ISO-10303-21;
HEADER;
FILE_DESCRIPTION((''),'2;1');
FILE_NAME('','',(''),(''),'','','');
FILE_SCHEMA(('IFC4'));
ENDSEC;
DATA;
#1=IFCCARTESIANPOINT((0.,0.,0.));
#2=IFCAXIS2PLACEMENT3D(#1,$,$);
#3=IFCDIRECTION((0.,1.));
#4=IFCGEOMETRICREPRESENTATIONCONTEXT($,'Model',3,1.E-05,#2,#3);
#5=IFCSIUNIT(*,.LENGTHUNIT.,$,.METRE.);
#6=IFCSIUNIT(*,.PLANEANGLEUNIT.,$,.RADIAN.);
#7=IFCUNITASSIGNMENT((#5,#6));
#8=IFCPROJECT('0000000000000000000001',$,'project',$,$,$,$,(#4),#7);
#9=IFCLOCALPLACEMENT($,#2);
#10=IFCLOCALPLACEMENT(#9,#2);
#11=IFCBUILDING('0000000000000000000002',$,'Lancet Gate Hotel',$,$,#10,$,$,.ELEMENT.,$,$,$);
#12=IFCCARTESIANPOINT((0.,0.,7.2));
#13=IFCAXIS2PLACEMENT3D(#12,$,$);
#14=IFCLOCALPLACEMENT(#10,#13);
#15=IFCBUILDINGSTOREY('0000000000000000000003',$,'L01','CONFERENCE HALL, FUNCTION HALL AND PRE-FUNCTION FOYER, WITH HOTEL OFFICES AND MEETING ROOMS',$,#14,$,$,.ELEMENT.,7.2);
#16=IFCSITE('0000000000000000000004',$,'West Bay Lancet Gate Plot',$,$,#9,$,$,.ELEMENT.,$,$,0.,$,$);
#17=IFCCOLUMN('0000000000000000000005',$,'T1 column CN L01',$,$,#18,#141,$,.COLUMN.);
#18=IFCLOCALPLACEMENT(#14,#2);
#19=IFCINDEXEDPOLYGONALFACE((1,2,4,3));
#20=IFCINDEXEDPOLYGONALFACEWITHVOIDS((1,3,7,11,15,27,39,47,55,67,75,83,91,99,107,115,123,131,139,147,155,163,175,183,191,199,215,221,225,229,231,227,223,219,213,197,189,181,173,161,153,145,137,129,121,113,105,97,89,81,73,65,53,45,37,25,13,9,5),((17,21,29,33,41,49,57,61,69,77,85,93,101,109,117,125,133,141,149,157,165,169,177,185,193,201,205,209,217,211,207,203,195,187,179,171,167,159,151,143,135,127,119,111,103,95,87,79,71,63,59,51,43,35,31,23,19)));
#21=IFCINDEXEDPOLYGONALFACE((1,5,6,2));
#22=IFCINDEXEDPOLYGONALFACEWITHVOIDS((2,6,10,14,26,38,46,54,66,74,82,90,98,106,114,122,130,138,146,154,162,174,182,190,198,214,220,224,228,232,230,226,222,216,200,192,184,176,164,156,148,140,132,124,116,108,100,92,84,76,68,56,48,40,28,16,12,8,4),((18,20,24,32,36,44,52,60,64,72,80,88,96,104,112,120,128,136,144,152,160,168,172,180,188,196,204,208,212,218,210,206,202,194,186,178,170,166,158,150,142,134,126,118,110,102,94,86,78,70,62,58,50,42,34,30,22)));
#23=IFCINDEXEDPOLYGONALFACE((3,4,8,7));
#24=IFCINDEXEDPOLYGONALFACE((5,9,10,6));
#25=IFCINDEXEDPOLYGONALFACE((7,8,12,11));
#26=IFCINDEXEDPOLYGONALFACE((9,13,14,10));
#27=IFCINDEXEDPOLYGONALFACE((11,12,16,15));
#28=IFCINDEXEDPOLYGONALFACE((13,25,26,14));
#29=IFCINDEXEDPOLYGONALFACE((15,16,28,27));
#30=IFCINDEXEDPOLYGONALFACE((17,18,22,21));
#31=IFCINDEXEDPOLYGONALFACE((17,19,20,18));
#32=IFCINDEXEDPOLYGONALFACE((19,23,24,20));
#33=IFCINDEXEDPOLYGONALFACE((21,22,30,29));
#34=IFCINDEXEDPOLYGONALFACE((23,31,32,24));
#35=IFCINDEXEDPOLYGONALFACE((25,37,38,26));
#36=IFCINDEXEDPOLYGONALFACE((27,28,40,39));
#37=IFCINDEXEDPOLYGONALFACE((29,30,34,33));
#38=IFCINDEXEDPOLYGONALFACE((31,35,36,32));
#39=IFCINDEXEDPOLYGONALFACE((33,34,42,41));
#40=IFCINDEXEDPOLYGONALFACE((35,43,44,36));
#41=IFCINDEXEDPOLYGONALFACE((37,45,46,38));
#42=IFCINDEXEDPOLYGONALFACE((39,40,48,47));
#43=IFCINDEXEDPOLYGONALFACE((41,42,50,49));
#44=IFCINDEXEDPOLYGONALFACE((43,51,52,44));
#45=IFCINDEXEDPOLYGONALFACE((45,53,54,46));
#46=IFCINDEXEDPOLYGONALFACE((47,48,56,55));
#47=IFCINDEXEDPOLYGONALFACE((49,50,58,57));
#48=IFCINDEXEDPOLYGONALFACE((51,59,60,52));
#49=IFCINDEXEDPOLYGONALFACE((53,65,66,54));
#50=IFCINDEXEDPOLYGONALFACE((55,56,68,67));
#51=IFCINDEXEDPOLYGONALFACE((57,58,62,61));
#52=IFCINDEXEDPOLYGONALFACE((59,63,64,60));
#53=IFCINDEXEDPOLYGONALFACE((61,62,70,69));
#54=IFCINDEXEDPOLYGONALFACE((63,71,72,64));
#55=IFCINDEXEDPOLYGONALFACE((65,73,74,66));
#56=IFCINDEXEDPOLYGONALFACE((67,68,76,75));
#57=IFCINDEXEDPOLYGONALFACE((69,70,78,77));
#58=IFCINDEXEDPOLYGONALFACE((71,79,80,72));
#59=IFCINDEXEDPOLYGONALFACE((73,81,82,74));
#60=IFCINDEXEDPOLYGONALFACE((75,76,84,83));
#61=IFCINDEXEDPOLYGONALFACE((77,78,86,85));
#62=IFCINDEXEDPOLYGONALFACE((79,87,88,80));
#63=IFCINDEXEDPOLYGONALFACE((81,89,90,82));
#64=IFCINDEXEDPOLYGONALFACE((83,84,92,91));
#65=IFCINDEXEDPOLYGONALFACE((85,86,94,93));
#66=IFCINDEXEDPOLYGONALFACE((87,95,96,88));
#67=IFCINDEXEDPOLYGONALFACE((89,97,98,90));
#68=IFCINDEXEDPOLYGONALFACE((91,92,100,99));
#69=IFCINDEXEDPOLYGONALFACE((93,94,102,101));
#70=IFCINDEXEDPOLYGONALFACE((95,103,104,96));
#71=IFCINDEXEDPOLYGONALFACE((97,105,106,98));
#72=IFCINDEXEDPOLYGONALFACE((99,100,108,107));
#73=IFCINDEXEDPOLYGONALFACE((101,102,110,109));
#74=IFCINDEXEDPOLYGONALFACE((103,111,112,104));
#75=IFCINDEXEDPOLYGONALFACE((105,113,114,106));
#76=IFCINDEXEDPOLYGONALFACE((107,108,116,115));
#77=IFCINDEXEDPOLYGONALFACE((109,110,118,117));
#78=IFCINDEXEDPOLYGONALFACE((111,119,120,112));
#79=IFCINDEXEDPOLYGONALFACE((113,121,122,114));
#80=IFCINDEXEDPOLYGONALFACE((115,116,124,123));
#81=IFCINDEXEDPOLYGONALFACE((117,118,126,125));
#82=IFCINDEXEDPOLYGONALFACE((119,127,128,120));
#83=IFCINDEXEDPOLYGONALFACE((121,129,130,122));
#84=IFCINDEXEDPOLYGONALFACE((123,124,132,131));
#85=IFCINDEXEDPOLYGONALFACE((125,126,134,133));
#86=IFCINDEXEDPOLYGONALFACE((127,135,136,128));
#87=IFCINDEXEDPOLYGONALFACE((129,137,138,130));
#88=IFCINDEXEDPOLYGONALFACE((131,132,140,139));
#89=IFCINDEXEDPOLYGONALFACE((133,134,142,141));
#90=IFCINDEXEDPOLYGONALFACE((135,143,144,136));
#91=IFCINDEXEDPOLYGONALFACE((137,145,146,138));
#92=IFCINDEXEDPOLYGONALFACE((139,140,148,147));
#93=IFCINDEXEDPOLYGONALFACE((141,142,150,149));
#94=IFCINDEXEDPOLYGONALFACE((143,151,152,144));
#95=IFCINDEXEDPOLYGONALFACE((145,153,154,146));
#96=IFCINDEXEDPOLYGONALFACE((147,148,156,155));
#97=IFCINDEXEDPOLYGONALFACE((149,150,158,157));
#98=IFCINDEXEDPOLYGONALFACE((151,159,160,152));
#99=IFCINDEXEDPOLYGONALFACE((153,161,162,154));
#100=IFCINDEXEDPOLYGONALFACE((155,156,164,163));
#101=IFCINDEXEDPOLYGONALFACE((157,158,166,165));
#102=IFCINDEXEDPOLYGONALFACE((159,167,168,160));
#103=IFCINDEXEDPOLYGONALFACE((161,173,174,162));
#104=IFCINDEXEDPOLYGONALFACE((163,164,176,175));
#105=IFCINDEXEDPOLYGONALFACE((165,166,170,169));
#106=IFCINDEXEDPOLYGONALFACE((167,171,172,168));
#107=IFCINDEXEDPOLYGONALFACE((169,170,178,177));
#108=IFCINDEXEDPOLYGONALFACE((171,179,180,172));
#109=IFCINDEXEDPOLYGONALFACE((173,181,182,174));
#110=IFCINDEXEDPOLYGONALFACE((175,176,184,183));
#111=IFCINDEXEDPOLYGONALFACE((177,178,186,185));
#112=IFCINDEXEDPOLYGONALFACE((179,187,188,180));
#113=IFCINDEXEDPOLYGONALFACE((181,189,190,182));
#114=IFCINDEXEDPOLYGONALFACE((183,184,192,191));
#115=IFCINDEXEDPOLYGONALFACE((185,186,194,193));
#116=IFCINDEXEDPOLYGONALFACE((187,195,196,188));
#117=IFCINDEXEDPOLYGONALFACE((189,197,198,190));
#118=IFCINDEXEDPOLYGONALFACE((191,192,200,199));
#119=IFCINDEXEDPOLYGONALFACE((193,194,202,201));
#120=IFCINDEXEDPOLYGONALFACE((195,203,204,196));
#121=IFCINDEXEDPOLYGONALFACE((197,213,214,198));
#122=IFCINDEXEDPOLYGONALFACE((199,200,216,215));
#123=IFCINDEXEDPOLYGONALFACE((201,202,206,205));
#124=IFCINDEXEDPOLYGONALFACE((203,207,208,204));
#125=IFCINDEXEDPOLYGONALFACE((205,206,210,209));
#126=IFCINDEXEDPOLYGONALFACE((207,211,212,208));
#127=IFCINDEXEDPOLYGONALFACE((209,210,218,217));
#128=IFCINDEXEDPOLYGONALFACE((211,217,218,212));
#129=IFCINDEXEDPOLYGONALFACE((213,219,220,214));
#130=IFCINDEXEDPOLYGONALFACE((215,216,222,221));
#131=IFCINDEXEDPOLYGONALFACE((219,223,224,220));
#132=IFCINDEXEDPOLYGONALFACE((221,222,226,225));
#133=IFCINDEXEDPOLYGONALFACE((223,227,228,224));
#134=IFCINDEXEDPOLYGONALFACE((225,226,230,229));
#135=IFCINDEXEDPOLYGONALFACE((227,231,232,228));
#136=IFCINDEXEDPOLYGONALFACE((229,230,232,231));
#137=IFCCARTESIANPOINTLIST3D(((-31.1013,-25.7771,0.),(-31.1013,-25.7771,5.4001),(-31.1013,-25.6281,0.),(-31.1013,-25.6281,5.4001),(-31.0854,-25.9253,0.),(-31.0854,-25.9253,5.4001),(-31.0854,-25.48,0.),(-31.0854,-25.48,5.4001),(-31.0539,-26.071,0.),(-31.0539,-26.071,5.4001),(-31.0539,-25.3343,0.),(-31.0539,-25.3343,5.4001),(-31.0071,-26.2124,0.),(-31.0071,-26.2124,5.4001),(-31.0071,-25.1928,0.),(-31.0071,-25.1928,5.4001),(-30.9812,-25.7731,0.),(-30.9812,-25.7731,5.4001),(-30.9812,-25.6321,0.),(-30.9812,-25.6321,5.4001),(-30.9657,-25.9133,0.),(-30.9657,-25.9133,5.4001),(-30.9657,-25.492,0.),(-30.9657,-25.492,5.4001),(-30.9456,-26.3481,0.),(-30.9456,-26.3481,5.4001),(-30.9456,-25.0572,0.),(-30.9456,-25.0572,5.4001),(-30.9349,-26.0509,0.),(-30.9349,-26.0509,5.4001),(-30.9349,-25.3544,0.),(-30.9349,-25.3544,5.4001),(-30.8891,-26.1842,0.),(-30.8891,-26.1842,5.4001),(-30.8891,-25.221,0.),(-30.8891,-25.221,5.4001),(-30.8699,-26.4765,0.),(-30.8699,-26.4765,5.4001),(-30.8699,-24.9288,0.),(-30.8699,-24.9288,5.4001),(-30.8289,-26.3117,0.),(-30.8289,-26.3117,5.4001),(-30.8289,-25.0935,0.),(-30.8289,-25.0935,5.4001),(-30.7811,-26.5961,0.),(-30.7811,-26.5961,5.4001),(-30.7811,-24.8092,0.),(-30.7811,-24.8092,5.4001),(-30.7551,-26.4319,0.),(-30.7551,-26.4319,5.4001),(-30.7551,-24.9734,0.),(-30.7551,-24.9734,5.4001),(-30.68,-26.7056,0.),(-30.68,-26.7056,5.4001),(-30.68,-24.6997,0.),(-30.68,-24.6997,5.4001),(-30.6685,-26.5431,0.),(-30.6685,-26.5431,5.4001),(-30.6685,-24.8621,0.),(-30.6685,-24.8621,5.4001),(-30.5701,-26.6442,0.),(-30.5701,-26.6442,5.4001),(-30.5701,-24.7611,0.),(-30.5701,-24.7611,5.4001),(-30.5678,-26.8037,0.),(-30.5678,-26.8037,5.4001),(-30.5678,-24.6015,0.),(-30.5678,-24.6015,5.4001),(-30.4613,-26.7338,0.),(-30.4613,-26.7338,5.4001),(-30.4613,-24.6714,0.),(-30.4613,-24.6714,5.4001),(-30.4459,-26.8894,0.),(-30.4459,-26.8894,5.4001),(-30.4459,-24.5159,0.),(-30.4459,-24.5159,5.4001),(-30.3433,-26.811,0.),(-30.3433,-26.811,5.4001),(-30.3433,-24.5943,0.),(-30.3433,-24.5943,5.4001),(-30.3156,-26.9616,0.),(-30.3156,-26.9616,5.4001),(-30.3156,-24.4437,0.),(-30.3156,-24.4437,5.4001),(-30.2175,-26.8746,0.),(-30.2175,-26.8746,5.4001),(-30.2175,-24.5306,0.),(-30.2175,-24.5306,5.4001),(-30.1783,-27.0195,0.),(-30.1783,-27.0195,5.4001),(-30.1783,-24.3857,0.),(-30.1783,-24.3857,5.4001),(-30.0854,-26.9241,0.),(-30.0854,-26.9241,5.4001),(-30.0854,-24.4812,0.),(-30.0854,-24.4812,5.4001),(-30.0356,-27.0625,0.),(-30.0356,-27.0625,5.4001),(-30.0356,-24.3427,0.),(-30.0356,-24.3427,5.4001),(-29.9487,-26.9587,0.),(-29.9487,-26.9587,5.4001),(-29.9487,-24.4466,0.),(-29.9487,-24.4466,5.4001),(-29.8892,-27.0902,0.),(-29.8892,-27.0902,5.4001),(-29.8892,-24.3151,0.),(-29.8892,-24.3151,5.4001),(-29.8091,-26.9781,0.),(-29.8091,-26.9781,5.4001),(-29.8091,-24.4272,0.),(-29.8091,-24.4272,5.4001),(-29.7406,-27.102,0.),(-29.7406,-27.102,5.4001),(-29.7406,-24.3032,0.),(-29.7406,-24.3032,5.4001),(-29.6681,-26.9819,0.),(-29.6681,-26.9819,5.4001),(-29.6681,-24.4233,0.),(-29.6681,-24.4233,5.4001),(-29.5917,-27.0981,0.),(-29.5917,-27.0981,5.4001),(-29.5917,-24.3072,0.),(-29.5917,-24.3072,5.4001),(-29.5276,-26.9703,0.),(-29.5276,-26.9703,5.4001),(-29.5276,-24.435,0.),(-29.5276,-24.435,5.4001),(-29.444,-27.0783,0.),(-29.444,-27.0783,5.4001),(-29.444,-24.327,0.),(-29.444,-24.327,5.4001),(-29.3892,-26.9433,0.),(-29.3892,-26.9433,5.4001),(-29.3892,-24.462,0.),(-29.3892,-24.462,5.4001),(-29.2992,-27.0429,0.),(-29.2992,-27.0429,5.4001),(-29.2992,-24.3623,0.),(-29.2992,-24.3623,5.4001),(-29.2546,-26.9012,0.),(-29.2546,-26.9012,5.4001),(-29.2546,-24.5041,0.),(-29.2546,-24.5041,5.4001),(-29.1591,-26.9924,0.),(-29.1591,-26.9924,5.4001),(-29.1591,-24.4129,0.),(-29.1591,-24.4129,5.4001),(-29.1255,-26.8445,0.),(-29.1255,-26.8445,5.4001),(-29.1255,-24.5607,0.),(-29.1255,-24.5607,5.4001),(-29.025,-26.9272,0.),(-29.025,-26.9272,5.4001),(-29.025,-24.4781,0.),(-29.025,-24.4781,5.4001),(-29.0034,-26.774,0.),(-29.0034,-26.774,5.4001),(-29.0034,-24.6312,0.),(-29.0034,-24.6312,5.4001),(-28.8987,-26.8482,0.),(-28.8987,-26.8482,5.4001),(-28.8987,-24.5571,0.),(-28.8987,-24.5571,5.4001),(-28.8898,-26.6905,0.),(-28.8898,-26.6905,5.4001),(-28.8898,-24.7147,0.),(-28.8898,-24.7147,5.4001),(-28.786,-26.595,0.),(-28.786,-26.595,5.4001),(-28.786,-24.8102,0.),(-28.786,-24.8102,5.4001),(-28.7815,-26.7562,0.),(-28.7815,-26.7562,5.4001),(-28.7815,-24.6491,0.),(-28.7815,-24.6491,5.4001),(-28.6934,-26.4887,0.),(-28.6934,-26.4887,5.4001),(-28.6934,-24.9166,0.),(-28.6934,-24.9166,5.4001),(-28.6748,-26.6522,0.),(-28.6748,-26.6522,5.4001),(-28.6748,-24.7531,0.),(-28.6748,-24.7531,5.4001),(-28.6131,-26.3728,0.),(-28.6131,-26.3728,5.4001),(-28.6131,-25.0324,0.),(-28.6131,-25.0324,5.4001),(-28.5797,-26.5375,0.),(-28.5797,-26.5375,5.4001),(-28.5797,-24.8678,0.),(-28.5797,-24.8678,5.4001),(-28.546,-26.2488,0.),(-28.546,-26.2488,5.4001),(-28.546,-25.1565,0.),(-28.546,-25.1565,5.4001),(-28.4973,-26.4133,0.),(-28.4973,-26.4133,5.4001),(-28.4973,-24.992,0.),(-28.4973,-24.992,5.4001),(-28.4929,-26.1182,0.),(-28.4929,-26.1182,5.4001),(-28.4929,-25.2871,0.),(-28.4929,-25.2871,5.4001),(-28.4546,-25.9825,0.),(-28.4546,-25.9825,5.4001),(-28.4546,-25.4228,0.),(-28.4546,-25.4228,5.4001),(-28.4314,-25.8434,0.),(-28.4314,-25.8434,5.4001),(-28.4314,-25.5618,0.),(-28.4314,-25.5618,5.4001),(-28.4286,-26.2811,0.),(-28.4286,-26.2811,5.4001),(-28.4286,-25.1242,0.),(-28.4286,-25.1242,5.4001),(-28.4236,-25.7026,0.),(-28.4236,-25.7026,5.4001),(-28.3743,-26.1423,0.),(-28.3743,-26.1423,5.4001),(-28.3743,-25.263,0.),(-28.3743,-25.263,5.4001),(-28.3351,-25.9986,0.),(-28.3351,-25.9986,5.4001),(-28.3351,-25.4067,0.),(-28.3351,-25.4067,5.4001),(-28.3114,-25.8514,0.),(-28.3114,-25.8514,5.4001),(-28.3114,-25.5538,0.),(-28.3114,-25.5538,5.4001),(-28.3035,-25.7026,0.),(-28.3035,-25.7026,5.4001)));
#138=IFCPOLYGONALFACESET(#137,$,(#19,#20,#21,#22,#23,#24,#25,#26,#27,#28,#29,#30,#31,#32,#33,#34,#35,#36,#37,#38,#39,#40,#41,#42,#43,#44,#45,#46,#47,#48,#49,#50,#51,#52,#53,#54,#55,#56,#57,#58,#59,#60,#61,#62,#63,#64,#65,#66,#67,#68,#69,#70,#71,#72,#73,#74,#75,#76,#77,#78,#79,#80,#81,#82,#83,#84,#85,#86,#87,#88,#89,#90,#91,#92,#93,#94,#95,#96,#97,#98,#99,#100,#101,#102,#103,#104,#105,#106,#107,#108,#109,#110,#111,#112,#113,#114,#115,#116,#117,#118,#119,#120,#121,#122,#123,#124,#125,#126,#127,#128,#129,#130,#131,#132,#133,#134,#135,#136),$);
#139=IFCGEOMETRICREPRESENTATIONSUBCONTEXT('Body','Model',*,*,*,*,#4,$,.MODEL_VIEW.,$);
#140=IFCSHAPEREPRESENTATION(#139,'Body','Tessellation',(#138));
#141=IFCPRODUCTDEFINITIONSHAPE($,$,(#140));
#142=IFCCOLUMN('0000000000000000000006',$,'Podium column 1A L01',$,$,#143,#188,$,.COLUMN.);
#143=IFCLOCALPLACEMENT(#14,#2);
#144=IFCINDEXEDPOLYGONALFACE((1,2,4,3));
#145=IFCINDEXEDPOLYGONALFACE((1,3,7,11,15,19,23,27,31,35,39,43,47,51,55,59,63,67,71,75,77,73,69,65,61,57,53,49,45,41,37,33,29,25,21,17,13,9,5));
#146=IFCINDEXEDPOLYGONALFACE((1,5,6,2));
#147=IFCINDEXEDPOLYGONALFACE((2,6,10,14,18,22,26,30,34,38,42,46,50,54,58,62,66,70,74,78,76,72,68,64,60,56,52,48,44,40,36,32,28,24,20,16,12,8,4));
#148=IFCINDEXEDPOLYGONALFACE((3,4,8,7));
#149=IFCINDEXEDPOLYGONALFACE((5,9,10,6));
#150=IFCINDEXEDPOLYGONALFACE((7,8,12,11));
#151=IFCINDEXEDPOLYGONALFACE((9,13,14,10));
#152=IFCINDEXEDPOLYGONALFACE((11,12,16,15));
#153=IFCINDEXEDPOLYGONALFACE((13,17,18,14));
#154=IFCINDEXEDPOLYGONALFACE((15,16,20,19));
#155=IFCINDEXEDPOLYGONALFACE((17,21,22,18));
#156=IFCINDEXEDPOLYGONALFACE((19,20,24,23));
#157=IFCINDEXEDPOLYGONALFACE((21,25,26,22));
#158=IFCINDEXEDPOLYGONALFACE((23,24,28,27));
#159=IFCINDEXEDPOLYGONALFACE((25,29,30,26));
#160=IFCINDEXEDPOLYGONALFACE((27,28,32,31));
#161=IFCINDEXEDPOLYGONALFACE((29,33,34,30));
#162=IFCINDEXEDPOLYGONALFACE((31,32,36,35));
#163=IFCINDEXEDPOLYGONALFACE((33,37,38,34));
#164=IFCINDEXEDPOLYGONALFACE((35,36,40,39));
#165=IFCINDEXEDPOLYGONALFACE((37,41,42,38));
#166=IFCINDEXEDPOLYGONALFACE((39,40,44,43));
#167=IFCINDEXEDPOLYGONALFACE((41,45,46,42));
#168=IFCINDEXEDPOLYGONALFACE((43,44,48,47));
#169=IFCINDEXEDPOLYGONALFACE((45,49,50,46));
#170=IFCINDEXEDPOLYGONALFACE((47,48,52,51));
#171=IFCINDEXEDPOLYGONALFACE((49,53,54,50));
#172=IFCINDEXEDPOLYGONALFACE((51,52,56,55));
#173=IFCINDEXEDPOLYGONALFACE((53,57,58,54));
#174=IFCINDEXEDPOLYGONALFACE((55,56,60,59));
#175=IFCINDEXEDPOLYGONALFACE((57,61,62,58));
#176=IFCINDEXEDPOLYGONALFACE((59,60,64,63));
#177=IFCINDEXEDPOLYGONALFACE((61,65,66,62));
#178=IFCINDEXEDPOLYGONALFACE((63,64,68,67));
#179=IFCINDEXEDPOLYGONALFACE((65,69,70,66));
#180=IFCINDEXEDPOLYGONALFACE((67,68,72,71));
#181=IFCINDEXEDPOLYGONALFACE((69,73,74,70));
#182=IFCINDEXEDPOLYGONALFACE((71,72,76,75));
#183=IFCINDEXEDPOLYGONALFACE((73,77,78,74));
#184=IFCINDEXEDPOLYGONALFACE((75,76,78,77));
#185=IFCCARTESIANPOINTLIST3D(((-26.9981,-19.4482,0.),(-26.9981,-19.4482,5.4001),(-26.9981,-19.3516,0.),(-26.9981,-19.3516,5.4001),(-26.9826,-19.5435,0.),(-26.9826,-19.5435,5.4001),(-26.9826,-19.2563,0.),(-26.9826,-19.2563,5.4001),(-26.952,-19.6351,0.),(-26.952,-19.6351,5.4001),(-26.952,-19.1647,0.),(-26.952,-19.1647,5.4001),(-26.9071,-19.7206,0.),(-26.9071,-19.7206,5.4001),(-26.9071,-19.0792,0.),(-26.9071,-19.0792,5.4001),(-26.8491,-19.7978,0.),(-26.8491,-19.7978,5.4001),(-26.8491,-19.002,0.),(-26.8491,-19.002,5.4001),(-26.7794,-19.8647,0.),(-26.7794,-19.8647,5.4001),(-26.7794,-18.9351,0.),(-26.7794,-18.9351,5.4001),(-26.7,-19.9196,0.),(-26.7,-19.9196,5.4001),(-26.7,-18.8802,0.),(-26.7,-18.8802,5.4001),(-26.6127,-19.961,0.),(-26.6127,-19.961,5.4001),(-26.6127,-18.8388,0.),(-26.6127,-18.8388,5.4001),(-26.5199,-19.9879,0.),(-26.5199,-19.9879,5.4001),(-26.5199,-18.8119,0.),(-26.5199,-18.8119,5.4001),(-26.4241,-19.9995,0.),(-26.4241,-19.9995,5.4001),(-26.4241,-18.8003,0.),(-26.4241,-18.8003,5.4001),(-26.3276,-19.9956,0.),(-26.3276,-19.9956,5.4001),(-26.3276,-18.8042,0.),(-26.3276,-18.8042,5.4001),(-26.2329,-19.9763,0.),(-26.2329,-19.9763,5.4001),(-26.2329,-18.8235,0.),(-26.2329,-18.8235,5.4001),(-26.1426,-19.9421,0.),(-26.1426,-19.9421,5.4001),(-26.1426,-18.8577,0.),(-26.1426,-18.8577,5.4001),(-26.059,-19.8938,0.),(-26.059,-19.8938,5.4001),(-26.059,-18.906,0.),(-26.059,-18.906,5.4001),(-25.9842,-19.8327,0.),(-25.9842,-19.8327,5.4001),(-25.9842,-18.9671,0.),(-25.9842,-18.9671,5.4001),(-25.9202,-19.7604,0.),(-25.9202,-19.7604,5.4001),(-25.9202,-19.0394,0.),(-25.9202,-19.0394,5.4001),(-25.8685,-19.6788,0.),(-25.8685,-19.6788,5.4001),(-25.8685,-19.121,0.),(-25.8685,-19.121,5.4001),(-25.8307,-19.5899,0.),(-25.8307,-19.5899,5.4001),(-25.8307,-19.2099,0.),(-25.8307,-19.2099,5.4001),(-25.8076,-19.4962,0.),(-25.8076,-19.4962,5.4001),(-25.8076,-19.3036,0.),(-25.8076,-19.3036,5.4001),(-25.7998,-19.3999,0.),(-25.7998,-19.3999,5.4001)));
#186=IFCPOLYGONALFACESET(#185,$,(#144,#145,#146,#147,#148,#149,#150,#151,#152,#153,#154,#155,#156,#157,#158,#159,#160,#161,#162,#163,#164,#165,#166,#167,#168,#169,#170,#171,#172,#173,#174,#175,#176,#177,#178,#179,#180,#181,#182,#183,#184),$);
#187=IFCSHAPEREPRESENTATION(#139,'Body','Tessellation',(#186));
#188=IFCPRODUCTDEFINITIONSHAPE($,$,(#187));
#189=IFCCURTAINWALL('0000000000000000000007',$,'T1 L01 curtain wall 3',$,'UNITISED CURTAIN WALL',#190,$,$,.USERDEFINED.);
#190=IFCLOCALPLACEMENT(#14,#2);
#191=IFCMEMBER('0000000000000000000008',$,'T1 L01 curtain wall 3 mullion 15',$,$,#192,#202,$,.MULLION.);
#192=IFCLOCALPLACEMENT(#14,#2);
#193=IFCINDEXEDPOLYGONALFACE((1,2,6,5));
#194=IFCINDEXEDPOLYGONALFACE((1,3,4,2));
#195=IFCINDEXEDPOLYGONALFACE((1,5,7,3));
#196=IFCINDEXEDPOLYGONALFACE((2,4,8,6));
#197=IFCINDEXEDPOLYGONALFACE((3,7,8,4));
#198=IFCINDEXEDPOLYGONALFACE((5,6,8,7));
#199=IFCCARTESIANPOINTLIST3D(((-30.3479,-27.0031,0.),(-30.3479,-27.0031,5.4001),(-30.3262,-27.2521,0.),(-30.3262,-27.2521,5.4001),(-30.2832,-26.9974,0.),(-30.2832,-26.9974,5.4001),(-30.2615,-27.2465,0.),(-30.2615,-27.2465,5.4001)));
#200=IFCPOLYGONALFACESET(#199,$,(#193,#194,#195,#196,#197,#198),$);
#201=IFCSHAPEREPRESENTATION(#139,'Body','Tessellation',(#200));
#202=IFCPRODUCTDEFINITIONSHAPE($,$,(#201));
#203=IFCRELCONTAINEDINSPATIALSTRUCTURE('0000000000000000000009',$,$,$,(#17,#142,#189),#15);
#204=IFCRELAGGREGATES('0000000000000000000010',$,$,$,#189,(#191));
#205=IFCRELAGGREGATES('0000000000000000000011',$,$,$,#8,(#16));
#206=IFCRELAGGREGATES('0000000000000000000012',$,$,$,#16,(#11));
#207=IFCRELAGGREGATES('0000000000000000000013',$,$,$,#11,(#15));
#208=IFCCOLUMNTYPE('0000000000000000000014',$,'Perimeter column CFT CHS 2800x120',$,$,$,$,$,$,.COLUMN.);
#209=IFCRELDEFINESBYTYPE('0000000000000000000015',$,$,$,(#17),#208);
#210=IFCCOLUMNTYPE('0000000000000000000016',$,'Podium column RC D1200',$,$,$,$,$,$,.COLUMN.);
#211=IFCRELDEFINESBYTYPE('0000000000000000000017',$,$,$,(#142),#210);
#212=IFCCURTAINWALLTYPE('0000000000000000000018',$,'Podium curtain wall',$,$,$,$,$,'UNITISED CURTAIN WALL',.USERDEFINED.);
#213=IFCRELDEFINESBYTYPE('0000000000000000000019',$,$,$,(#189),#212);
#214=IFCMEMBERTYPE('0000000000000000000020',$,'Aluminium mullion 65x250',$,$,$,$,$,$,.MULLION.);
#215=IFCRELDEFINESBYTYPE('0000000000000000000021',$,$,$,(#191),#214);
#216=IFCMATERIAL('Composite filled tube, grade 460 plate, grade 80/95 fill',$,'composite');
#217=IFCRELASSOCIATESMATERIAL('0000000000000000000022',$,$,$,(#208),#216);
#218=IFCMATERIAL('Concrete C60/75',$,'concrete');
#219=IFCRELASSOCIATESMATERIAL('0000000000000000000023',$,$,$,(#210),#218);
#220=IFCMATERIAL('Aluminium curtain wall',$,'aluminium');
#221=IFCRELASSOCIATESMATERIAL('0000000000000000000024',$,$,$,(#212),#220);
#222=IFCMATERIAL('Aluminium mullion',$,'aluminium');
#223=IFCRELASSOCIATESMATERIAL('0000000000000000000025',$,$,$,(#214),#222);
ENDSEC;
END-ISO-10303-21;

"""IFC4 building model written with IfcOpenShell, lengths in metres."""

from ifc_helpers import new_model, si_unit, direction, frame, origin, origin_2d, place, context, subcontext, project, spatial, rectangle, circle, hollow_circle, extrude, material, material_profile, profile_set, type_object, element, aggregate, save


model = new_model("IFC4")

# Units and contexts
model_context = context("Model", 3, precision=1e-05, world=origin(), true_north=direction((0.0, 1.0)))
body_context = subcontext(model_context, "Body", "Model", "MODEL_VIEW")
ifc_project = project(units=[si_unit("LENGTHUNIT", "METRE"), si_unit("PLANEANGLEUNIT", "RADIAN")], contexts=[model_context])

# Site, building, storey
site_placement = place(None, origin())
site = spatial("IfcSite", under=ifc_project, at=site_placement, Name="West Bay Lancet Gate Plot", CompositionType="ELEMENT", RefElevation=0.0)
building_placement = place(site_placement, origin())
building = spatial("IfcBuilding", under=site, at=building_placement, Name="Lancet Gate Hotel", CompositionType="ELEMENT")
storey_placement = place(building_placement, frame((0.0, 0.0, 7.2)))
storey = spatial("IfcBuildingStorey", under=building, at=storey_placement, Name="L01", Description="CONFERENCE HALL, FUNCTION HALL AND PRE-FUNCTION FOYER, WITH HOTEL OFFICES AND MEETING ROOMS", CompositionType="ELEMENT", Elevation=7.2)

# Columns
ifc_material_1 = material(Name="Composite filled tube, grade 460 plate, grade 80/95 fill", Category="composite")
ifc_material_profile_1 = material_profile(ifc_material_1, hollow_circle(Radius=1.3999, WallThickness=0.1201, at=origin_2d()), Name="CHS 2800x120")
ifc_profile_set_1 = profile_set([ifc_material_profile_1], Name="Composite filled tube, grade 460 plate, grade 80/95 fill")
column_type_1 = type_object("IfcColumnType", Name="Perimeter column CFT CHS 2800x120", PredefinedType="COLUMN", material=ifc_profile_set_1)
column_1_placement = place(storey_placement, frame((-29.7034, -25.7026, 0.0), z_axis=(0.0, 0.0, 1.0), x_axis=(1.0, 0.0, 0.0)))
element("IfcColumn", 1, at=column_1_placement, inside=storey, type_object=column_type_1, Name="T1 column CN L01", PredefinedType="COLUMN", context=body_context, shape_type="SweptSolid", body=[
    extrude(hollow_circle(Radius=1.3999, WallThickness=0.1201, at=origin_2d()), origin(), (0.0, 0.0, 1.0), 5.4001),
])
ifc_material_2 = material(Name="Concrete C60/75", Category="concrete")
ifc_material_profile_2 = material_profile(ifc_material_2, circle(Radius=0.6001, at=origin_2d()), Name="RC D1200")
ifc_profile_set_2 = profile_set([ifc_material_profile_2], Name="Concrete C60/75")
column_type_2 = type_object("IfcColumnType", Name="Podium column RC D1200", PredefinedType="COLUMN", material=ifc_profile_set_2)
column_2_placement = place(storey_placement, frame((-26.3999, -19.3999, 0.0), z_axis=(0.0, 0.0, 1.0), x_axis=(1.0, 0.0, 0.0)))
element("IfcColumn", 2, at=column_2_placement, inside=storey, type_object=column_type_2, Name="Podium column 1A L01", PredefinedType="COLUMN", context=body_context, shape_type="SweptSolid", body=[
    extrude(circle(Radius=0.6001, at=origin_2d()), origin(), (0.0, 0.0, 1.0), 5.4001),
])

# Curtain wall, member
ifc_material_3 = material(Name="Aluminium curtain wall", Category="aluminium")
curtain_wall_type = type_object("IfcCurtainWallType", Name="Podium curtain wall", ElementType="UNITISED CURTAIN WALL", PredefinedType="USERDEFINED", material=ifc_material_3)
curtain_wall_1_placement = place(storey_placement, origin())
curtain_wall_1 = element("IfcCurtainWall", 3, at=curtain_wall_1_placement, inside=storey, type_object=curtain_wall_type, Name="T1 L01 curtain wall 3", ObjectType="UNITISED CURTAIN WALL", PredefinedType="USERDEFINED")
ifc_material_4 = material(Name="Aluminium mullion", Category="aluminium")
ifc_material_profile_3 = material_profile(ifc_material_4, rectangle(XDim=0.0649, YDim=0.25, at=origin_2d()), Name="MULLION 65x250")
ifc_profile_set_3 = profile_set([ifc_material_profile_3], Name="Aluminium mullion")
member_type_1 = type_object("IfcMemberType", Name="Aluminium mullion 65x250", PredefinedType="MULLION", material=ifc_profile_set_3)
member_1_placement = place(storey_placement, frame((-30.3047, -27.1248, 0.0), z_axis=(0.0, 0.0, 1.0), x_axis=(0.996204, 0.087052, 0.0)))
member_1 = element("IfcMember", 4, at=member_1_placement, type_object=member_type_1, Name="T1 L01 curtain wall 3 mullion 15", PredefinedType="MULLION", context=body_context, shape_type="SweptSolid", body=[
    extrude(rectangle(XDim=0.0649, YDim=0.25, at=origin_2d()), origin(), (0.0, 0.0, 1.0), 5.4001),
])

aggregate(curtain_wall_1, [member_1])

save(model, "model.ifc")
